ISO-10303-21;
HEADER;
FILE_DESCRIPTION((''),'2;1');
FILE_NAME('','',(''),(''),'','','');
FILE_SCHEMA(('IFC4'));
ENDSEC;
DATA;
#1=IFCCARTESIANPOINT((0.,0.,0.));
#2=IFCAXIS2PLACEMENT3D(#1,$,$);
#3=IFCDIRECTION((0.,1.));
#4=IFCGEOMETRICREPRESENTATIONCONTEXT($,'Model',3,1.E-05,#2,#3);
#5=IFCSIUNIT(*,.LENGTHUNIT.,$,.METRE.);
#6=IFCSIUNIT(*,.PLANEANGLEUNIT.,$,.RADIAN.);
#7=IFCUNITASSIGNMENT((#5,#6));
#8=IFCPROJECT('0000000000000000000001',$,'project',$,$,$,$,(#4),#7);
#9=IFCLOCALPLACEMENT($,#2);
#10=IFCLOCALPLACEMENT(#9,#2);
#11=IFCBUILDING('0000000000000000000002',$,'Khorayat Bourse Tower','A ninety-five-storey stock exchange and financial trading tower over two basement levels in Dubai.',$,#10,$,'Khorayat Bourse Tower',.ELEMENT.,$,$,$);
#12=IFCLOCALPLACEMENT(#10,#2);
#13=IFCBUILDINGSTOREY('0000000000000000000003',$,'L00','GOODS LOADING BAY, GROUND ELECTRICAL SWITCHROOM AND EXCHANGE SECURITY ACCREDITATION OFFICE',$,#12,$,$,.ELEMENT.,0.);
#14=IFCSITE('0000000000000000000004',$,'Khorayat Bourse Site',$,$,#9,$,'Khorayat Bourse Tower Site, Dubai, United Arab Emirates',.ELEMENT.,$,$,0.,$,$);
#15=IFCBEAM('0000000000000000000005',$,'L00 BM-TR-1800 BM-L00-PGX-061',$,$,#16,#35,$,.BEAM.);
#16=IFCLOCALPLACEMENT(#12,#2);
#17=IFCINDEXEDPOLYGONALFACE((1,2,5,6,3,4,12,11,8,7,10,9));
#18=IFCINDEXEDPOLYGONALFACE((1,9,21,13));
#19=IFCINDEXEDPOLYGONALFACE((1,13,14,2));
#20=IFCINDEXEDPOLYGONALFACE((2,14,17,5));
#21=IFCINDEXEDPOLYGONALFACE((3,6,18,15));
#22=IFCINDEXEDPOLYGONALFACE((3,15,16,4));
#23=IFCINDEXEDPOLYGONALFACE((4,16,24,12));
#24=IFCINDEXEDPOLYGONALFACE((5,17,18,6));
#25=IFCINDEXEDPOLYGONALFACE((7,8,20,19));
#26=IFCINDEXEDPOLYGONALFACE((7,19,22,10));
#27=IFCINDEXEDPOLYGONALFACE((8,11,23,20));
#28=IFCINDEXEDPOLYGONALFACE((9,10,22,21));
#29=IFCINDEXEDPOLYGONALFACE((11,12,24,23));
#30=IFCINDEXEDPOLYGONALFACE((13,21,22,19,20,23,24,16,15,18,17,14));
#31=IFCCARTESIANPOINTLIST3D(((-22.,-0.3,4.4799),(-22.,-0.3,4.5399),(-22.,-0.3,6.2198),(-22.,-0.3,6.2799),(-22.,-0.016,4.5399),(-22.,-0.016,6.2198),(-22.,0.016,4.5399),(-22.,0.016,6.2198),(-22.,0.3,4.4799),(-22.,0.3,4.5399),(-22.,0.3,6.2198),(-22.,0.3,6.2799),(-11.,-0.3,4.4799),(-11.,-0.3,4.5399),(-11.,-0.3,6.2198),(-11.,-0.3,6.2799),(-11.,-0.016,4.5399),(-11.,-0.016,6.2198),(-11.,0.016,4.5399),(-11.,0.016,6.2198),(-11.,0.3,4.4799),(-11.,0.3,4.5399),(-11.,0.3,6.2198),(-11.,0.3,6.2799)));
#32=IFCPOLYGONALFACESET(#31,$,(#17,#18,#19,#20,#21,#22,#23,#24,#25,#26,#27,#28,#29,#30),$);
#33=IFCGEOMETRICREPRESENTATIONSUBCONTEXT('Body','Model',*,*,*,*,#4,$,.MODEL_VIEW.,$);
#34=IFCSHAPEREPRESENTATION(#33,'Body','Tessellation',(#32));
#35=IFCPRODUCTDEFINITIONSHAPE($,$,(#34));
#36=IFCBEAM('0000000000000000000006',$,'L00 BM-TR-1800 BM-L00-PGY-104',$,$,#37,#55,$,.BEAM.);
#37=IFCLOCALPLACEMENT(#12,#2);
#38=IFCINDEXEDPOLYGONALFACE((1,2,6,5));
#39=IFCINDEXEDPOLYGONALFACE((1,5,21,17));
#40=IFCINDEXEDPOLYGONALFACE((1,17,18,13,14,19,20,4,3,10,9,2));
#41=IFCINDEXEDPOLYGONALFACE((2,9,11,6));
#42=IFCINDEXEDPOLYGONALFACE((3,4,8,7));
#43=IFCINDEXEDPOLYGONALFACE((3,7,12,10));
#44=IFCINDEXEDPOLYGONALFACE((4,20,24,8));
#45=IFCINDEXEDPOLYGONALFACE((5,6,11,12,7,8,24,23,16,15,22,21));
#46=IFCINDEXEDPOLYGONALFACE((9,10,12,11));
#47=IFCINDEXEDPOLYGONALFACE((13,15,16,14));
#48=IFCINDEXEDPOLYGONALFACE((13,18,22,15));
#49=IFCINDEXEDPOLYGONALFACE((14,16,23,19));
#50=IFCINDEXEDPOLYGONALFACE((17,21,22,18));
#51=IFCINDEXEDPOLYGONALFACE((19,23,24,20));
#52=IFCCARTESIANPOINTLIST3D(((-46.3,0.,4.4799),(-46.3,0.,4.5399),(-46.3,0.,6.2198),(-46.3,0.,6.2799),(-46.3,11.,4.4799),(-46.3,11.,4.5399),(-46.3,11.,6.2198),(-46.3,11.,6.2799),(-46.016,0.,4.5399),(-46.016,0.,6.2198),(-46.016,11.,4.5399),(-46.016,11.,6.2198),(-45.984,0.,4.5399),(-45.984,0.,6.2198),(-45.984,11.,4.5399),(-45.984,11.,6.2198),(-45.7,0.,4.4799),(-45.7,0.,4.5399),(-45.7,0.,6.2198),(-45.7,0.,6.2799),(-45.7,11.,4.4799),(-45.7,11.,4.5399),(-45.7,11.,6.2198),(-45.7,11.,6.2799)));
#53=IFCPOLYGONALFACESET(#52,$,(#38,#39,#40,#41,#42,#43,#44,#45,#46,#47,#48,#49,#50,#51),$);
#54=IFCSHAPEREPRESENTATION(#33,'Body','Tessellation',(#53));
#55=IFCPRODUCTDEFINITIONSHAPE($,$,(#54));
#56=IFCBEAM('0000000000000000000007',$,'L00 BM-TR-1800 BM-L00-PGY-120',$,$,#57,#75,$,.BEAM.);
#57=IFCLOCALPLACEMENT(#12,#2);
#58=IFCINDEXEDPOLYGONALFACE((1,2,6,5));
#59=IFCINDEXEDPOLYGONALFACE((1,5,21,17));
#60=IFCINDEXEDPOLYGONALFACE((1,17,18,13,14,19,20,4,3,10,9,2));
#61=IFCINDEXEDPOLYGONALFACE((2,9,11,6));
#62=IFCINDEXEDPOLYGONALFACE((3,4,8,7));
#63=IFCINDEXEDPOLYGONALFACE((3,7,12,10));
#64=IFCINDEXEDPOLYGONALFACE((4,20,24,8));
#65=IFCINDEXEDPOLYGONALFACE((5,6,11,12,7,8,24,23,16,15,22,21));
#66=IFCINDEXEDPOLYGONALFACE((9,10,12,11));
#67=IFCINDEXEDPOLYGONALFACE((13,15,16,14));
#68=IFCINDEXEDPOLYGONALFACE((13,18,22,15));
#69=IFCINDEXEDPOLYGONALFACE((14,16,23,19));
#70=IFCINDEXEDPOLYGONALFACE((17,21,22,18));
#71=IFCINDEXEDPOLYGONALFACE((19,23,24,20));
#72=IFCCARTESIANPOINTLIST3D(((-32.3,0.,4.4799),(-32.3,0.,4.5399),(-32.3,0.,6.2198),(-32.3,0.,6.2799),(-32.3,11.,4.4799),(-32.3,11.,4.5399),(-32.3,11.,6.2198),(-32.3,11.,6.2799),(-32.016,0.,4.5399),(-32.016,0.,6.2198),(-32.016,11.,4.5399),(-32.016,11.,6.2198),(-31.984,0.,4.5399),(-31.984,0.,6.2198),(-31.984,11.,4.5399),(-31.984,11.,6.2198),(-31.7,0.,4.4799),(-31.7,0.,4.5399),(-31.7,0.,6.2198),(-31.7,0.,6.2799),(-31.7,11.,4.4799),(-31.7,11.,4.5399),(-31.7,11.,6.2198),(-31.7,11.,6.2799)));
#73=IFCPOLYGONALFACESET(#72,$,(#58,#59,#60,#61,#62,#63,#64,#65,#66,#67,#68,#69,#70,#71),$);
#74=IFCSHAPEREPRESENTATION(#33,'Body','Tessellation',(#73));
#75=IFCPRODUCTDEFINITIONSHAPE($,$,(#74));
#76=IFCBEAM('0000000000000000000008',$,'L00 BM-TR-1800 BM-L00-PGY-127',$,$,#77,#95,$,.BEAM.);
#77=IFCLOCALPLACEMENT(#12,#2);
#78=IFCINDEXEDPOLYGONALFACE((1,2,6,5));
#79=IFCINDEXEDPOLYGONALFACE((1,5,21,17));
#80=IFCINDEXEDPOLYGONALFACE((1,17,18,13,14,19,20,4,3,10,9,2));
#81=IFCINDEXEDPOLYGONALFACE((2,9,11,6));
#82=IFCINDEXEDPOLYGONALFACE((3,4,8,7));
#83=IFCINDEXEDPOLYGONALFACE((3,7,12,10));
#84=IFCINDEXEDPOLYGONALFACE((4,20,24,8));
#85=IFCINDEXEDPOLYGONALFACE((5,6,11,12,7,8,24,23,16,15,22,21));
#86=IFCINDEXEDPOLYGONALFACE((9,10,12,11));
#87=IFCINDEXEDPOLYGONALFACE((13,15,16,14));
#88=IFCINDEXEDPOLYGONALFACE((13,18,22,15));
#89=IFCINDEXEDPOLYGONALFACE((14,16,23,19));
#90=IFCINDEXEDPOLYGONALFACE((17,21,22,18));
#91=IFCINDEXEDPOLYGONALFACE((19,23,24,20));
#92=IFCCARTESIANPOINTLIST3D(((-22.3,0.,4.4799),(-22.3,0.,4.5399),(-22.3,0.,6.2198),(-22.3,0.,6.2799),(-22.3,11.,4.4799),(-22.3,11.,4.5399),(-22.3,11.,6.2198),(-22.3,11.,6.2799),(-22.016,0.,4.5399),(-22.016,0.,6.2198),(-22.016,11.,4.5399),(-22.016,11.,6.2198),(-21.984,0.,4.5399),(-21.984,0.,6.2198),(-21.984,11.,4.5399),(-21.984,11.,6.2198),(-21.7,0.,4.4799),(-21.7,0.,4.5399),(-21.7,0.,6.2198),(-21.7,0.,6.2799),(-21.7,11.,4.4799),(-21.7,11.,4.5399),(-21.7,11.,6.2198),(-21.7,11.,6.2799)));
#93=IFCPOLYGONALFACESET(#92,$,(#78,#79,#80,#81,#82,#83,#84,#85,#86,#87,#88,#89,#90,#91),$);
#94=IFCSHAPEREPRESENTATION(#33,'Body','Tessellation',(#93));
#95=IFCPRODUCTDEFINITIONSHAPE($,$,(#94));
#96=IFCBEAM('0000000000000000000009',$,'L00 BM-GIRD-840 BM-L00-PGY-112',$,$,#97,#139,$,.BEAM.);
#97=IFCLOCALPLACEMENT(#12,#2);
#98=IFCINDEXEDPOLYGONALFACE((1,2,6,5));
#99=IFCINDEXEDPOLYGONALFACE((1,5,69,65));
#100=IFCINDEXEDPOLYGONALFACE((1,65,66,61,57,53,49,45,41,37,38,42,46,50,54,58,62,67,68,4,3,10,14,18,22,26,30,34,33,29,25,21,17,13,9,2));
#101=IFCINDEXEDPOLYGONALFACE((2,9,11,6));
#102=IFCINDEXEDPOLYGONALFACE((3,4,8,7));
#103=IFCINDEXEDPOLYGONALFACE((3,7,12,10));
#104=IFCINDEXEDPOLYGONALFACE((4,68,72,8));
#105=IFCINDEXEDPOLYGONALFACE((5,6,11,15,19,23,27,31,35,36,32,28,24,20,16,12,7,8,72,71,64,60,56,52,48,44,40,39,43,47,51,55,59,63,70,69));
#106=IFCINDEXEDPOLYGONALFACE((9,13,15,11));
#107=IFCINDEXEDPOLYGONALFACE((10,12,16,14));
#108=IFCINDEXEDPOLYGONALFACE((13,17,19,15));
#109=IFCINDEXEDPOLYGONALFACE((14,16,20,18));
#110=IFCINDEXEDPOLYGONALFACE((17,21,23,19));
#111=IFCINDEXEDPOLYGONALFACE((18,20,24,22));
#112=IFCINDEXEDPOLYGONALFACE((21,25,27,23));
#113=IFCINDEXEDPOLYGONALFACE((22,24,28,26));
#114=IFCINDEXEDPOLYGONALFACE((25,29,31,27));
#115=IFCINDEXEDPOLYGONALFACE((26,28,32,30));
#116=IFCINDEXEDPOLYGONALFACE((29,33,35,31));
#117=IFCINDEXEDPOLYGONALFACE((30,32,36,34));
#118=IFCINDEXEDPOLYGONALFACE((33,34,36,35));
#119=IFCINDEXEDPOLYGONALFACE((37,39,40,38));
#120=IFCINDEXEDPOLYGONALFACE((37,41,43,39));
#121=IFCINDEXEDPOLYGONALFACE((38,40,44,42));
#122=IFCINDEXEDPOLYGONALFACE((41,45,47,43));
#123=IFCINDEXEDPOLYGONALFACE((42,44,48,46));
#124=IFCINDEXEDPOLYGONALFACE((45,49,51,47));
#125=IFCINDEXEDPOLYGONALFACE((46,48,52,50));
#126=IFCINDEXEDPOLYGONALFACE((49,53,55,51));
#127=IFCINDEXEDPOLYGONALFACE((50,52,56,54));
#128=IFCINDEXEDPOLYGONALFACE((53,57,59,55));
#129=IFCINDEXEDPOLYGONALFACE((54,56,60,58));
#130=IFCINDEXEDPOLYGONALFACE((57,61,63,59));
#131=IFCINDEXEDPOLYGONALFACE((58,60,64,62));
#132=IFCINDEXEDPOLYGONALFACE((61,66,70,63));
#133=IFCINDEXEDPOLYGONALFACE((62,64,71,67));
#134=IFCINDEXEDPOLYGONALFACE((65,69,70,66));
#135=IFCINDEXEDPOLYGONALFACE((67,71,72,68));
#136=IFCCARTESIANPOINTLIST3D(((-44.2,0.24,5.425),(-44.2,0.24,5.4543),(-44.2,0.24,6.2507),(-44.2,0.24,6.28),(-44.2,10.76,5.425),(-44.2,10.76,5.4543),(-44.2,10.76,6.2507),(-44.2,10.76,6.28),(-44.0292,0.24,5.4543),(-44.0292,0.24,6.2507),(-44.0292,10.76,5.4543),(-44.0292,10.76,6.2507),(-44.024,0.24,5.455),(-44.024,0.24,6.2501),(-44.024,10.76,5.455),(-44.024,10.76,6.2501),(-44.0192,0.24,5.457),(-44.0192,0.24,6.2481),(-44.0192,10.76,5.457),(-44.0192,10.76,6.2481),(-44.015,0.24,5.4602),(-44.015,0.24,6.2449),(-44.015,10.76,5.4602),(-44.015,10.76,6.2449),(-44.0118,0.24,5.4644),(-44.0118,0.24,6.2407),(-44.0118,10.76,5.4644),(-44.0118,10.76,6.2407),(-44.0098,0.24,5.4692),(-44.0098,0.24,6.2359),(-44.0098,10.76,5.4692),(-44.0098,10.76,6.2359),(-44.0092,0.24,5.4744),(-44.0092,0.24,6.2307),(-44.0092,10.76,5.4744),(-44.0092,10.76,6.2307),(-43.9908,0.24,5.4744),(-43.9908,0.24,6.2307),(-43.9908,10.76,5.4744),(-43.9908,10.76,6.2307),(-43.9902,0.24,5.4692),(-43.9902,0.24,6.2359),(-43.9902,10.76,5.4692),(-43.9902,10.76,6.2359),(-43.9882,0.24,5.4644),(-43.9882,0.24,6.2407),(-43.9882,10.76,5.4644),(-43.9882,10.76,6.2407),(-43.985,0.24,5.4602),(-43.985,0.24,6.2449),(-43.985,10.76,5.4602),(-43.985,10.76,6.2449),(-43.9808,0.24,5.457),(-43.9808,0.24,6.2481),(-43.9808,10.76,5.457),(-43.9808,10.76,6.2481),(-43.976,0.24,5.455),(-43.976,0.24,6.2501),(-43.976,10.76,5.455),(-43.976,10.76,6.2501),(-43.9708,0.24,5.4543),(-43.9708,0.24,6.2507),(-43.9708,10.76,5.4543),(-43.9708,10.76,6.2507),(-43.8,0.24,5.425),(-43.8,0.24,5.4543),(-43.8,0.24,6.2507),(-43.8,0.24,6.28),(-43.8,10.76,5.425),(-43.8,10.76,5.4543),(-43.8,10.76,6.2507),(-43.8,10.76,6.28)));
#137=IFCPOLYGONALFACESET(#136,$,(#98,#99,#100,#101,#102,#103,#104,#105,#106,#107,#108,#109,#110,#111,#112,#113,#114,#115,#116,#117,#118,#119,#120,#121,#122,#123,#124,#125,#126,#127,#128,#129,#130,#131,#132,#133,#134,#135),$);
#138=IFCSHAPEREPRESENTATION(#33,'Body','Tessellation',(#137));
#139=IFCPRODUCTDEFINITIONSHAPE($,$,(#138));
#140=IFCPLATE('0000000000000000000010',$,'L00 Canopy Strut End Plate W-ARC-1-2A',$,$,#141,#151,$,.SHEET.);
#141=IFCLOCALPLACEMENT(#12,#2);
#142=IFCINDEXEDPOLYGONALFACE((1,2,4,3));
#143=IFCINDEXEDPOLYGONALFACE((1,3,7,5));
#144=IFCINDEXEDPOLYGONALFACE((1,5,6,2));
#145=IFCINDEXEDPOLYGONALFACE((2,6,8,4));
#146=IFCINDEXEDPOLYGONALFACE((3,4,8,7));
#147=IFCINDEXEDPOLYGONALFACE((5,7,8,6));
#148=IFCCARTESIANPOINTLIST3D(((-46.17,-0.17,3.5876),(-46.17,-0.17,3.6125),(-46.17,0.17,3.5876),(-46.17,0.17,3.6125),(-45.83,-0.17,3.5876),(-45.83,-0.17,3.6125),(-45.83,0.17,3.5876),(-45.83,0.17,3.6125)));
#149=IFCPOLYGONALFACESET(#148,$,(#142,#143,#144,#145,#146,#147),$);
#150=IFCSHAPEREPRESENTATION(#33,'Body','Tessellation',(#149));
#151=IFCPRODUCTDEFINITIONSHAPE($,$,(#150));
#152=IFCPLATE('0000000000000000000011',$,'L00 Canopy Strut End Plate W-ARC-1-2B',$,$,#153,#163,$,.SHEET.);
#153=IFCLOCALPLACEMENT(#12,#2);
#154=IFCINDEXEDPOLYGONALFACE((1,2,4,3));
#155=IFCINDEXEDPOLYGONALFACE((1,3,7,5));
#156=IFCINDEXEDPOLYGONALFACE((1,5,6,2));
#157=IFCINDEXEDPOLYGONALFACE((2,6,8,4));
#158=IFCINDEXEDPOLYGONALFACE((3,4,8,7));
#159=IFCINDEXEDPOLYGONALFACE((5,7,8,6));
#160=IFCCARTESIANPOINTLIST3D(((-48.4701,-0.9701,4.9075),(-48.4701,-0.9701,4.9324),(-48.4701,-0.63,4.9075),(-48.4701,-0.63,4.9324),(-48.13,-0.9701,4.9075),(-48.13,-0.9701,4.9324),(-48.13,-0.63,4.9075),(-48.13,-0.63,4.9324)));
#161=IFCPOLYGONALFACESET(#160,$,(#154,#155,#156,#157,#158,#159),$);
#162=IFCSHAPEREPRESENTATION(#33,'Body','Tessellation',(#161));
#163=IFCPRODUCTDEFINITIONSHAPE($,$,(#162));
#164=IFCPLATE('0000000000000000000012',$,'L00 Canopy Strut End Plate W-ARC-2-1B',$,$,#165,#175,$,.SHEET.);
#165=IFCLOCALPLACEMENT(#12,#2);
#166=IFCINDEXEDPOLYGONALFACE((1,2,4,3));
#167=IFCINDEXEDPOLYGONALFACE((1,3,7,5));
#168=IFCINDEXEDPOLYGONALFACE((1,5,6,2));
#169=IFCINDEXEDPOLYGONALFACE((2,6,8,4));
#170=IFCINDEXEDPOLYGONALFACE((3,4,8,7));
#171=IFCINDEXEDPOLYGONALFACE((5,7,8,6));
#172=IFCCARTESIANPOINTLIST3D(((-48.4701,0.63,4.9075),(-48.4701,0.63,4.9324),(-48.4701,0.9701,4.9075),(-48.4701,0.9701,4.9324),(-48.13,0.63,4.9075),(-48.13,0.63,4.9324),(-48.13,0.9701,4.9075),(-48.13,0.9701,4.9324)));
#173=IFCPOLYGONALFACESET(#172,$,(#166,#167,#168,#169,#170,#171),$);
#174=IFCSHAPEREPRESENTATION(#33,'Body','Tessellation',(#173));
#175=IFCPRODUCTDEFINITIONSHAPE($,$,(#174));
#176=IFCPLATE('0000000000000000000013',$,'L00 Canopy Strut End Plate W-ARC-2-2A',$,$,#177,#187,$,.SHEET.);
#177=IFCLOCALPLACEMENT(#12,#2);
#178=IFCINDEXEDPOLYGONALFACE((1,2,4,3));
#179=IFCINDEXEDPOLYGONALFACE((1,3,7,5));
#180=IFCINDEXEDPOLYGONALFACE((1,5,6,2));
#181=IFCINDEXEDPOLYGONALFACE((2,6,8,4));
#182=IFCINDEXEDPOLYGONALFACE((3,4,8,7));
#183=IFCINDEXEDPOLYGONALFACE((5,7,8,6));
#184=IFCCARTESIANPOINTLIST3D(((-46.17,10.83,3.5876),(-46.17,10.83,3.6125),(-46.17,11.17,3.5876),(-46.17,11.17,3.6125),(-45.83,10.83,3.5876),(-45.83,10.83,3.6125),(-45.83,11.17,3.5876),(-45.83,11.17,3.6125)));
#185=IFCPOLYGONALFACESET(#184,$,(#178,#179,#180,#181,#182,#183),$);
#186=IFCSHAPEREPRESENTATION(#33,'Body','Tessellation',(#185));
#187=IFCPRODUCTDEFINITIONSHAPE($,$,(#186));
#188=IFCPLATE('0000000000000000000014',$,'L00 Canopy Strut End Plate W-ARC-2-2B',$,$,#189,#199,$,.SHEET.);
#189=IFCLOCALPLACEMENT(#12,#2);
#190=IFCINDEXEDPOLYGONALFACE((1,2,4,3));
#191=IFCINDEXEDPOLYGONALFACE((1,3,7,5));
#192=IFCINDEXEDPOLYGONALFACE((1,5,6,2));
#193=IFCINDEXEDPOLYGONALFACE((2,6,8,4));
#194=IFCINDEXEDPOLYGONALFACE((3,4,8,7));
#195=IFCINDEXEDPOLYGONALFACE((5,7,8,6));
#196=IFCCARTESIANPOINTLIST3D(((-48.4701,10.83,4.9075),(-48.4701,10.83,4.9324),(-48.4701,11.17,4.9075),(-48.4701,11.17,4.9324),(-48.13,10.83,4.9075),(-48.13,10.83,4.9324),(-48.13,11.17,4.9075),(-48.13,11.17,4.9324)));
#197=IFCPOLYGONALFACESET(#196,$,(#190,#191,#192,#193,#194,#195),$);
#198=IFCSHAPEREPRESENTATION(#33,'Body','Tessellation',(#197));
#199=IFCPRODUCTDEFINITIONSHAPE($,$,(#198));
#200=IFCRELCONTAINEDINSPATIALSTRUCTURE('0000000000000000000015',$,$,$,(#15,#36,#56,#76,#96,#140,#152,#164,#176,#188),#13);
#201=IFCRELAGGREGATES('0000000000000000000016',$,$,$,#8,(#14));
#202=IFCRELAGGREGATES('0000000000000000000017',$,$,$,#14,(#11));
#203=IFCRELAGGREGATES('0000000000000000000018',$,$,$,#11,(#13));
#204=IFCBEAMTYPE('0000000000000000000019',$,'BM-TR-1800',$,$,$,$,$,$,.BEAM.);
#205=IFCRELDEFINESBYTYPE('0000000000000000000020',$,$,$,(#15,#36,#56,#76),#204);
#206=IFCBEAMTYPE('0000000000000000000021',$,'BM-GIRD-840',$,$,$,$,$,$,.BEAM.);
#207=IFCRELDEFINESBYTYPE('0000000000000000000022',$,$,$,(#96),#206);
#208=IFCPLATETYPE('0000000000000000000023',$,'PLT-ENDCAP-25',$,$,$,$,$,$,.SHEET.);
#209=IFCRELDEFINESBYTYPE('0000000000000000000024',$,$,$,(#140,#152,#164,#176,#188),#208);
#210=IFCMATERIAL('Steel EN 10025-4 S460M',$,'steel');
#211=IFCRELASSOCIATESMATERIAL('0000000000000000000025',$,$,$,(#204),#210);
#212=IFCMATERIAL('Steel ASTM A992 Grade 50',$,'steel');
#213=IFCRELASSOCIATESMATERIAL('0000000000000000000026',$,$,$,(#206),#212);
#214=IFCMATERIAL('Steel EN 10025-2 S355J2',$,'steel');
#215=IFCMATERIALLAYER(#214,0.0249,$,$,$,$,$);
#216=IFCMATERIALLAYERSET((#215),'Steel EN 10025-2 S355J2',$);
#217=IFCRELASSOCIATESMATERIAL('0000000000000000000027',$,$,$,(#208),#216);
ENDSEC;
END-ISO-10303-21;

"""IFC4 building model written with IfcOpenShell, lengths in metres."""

from ifc_helpers import new_model, si_unit, direction, frame, origin, origin_2d, place, context, subcontext, project, spatial, rectangle, i_section, extrude, source, transform, mapped, material, layer, layer_set, material_profile, profile_set, type_object, element, save


model = new_model("IFC4")

# Units and contexts
model_context = context("Model", 3, precision=1e-05, world=origin(), true_north=direction((0.0, 1.0)))
body_context = subcontext(model_context, "Body", "Model", "MODEL_VIEW")
ifc_project = project(units=[si_unit("LENGTHUNIT", "METRE"), si_unit("PLANEANGLEUNIT", "RADIAN")], contexts=[model_context])

# Site, building, storey
site_placement = place(None, origin())
site = spatial("IfcSite", under=ifc_project, at=site_placement, Name="Khorayat Bourse Site", LongName="Khorayat Bourse Tower Site, Dubai, United Arab Emirates", CompositionType="ELEMENT", RefElevation=0.0)
building_placement = place(site_placement, origin())
building = spatial("IfcBuilding", under=site, at=building_placement, Name="Khorayat Bourse Tower", Description="A ninety-five-storey stock exchange and financial trading tower over two basement levels in Dubai.", LongName="Khorayat Bourse Tower", CompositionType="ELEMENT")
storey_placement = place(building_placement, origin())
storey = spatial("IfcBuildingStorey", under=building, at=storey_placement, Name="L00", Description="GOODS LOADING BAY, GROUND ELECTRICAL SWITCHROOM AND EXCHANGE SECURITY ACCREDITATION OFFICE", CompositionType="ELEMENT", Elevation=0.0)

# Shared definitions
ifc_material_1 = material(Name="Steel EN 10025-2 S355J2", Category="steel")

# Beams
ifc_material_2 = material(Name="Steel EN 10025-4 S460M", Category="steel")
ifc_material_profile_1 = material_profile(ifc_material_2, i_section(OverallWidth=0.6001, OverallDepth=1.8, WebThickness=0.032, FlangeThickness=0.0601, at=origin_2d()), Name="PG 1800x600x32x60")
ifc_profile_set_1 = profile_set([ifc_material_profile_1], Name="Steel EN 10025-4 S460M")
beam_type_1 = type_object("IfcBeamType", Name="BM-TR-1800", PredefinedType="BEAM", material=ifc_profile_set_1)
shared_shape_1 = source(origin(), body_context, "Body", "SweptSolid", [
    extrude(i_section(OverallWidth=0.6001, OverallDepth=1.8, WebThickness=0.032, FlangeThickness=0.0601, at=origin_2d()), origin(), (0.0, 0.0, 1.0), 11.0),
])
for number, where, z_axis, x_axis, name in (
    (1, (-22.0, 0.0, 5.3799), (1.0, 0.0, 0.0), (0.0, 1.0, 0.0), "L00 BM-TR-1800 BM-L00-PGX-061"),
    (2, (-46.0, 0.0, 5.3799), (0.0, 1.0, 0.0), (-1.0, 0.0, 0.0), "L00 BM-TR-1800 BM-L00-PGY-104"),
    (3, (-32.0, 0.0, 5.3799), (0.0, 1.0, 0.0), (-1.0, 0.0, 0.0), "L00 BM-TR-1800 BM-L00-PGY-120"),
    (4, (-22.0, 0.0, 5.3799), (0.0, 1.0, 0.0), (-1.0, 0.0, 0.0), "L00 BM-TR-1800 BM-L00-PGY-127"),
):
    element("IfcBeam", number, at=place(storey_placement, frame(where, z_axis=z_axis, x_axis=x_axis)), inside=storey, type_object=beam_type_1, Name=name, PredefinedType="BEAM", context=body_context, shape_type="MappedRepresentation", body=[
        mapped(shared_shape_1, transform((0.0, 0.0, 0.0), scale=1.0)),
    ])
ifc_material_3 = material(Name="Steel ASTM A992 Grade 50", Category="steel")
ifc_material_profile_2 = material_profile(ifc_material_3, i_section(OverallWidth=0.3999, OverallDepth=0.855, WebThickness=0.0183, FlangeThickness=0.0293, FilletRadius=0.02, at=origin_2d()), Name="W840X299")
ifc_profile_set_2 = profile_set([ifc_material_profile_2], Name="Steel ASTM A992 Grade 50")
beam_type_2 = type_object("IfcBeamType", Name="BM-GIRD-840", PredefinedType="BEAM", material=ifc_profile_set_2)
shared_shape_2 = source(origin(), body_context, "Body", "SweptSolid", [
    extrude(i_section(OverallWidth=0.3999, OverallDepth=0.855, WebThickness=0.0183, FlangeThickness=0.0293, FilletRadius=0.02, at=origin_2d()), origin(), (0.0, 0.0, 1.0), 10.52),
])
beam_1_placement = place(storey_placement, frame((-44.0, 0.24, 5.8525), z_axis=(0.0, 1.0, 0.0), x_axis=(-1.0, 0.0, 0.0)))
element("IfcBeam", 5, at=beam_1_placement, inside=storey, type_object=beam_type_2, Name="L00 BM-GIRD-840 BM-L00-PGY-112", PredefinedType="BEAM", context=body_context, shape_type="MappedRepresentation", body=[
    mapped(shared_shape_2, transform((0.0, 0.0, 0.0), scale=1.0)),
])

# Plates
ifc_layer_1 = layer(ifc_material_1, 0.0249)
ifc_layer_set_1 = layer_set([ifc_layer_1], Name="Steel EN 10025-2 S355J2")
plate_type = type_object("IfcPlateType", Name="PLT-ENDCAP-25", PredefinedType="SHEET", material=ifc_layer_set_1)
shared_shape_3 = source(origin(), body_context, "Body", "SweptSolid", [
    extrude(rectangle(XDim=0.3401, YDim=0.3401, at=origin_2d()), origin(), (0.0, 0.0, 1.0), 0.0249),
])
for number, where, z_axis, x_axis, name in (
    (6, (-46.0, 0.0, 3.5876), (0.0, 0.0, 1.0), (1.0, 0.0, 0.0), "L00 Canopy Strut End Plate W-ARC-1-2A"),
    (7, (-48.3, -0.8, 4.9075), (0.0, 0.0, 1.0), (1.0, 0.0, 0.0), "L00 Canopy Strut End Plate W-ARC-1-2B"),
    (8, (-48.3, 0.8, 4.9075), (0.0, 0.0, 1.0), (1.0, 0.0, 0.0), "L00 Canopy Strut End Plate W-ARC-2-1B"),
    (9, (-46.0, 11.0, 3.5876), (0.0, 0.0, 1.0), (1.0, 0.0, 0.0), "L00 Canopy Strut End Plate W-ARC-2-2A"),
    (10, (-48.3, 11.0, 4.9075), (0.0, 0.0, 1.0), (1.0, 0.0, 0.0), "L00 Canopy Strut End Plate W-ARC-2-2B"),
):
    element("IfcPlate", number, at=place(storey_placement, frame(where, z_axis=z_axis, x_axis=x_axis)), inside=storey, type_object=plate_type, Name=name, PredefinedType="SHEET", context=body_context, shape_type="MappedRepresentation", body=[
        mapped(shared_shape_3, transform((0.0, 0.0, 0.0), scale=1.0)),
    ])

save(model, "model.ifc")
